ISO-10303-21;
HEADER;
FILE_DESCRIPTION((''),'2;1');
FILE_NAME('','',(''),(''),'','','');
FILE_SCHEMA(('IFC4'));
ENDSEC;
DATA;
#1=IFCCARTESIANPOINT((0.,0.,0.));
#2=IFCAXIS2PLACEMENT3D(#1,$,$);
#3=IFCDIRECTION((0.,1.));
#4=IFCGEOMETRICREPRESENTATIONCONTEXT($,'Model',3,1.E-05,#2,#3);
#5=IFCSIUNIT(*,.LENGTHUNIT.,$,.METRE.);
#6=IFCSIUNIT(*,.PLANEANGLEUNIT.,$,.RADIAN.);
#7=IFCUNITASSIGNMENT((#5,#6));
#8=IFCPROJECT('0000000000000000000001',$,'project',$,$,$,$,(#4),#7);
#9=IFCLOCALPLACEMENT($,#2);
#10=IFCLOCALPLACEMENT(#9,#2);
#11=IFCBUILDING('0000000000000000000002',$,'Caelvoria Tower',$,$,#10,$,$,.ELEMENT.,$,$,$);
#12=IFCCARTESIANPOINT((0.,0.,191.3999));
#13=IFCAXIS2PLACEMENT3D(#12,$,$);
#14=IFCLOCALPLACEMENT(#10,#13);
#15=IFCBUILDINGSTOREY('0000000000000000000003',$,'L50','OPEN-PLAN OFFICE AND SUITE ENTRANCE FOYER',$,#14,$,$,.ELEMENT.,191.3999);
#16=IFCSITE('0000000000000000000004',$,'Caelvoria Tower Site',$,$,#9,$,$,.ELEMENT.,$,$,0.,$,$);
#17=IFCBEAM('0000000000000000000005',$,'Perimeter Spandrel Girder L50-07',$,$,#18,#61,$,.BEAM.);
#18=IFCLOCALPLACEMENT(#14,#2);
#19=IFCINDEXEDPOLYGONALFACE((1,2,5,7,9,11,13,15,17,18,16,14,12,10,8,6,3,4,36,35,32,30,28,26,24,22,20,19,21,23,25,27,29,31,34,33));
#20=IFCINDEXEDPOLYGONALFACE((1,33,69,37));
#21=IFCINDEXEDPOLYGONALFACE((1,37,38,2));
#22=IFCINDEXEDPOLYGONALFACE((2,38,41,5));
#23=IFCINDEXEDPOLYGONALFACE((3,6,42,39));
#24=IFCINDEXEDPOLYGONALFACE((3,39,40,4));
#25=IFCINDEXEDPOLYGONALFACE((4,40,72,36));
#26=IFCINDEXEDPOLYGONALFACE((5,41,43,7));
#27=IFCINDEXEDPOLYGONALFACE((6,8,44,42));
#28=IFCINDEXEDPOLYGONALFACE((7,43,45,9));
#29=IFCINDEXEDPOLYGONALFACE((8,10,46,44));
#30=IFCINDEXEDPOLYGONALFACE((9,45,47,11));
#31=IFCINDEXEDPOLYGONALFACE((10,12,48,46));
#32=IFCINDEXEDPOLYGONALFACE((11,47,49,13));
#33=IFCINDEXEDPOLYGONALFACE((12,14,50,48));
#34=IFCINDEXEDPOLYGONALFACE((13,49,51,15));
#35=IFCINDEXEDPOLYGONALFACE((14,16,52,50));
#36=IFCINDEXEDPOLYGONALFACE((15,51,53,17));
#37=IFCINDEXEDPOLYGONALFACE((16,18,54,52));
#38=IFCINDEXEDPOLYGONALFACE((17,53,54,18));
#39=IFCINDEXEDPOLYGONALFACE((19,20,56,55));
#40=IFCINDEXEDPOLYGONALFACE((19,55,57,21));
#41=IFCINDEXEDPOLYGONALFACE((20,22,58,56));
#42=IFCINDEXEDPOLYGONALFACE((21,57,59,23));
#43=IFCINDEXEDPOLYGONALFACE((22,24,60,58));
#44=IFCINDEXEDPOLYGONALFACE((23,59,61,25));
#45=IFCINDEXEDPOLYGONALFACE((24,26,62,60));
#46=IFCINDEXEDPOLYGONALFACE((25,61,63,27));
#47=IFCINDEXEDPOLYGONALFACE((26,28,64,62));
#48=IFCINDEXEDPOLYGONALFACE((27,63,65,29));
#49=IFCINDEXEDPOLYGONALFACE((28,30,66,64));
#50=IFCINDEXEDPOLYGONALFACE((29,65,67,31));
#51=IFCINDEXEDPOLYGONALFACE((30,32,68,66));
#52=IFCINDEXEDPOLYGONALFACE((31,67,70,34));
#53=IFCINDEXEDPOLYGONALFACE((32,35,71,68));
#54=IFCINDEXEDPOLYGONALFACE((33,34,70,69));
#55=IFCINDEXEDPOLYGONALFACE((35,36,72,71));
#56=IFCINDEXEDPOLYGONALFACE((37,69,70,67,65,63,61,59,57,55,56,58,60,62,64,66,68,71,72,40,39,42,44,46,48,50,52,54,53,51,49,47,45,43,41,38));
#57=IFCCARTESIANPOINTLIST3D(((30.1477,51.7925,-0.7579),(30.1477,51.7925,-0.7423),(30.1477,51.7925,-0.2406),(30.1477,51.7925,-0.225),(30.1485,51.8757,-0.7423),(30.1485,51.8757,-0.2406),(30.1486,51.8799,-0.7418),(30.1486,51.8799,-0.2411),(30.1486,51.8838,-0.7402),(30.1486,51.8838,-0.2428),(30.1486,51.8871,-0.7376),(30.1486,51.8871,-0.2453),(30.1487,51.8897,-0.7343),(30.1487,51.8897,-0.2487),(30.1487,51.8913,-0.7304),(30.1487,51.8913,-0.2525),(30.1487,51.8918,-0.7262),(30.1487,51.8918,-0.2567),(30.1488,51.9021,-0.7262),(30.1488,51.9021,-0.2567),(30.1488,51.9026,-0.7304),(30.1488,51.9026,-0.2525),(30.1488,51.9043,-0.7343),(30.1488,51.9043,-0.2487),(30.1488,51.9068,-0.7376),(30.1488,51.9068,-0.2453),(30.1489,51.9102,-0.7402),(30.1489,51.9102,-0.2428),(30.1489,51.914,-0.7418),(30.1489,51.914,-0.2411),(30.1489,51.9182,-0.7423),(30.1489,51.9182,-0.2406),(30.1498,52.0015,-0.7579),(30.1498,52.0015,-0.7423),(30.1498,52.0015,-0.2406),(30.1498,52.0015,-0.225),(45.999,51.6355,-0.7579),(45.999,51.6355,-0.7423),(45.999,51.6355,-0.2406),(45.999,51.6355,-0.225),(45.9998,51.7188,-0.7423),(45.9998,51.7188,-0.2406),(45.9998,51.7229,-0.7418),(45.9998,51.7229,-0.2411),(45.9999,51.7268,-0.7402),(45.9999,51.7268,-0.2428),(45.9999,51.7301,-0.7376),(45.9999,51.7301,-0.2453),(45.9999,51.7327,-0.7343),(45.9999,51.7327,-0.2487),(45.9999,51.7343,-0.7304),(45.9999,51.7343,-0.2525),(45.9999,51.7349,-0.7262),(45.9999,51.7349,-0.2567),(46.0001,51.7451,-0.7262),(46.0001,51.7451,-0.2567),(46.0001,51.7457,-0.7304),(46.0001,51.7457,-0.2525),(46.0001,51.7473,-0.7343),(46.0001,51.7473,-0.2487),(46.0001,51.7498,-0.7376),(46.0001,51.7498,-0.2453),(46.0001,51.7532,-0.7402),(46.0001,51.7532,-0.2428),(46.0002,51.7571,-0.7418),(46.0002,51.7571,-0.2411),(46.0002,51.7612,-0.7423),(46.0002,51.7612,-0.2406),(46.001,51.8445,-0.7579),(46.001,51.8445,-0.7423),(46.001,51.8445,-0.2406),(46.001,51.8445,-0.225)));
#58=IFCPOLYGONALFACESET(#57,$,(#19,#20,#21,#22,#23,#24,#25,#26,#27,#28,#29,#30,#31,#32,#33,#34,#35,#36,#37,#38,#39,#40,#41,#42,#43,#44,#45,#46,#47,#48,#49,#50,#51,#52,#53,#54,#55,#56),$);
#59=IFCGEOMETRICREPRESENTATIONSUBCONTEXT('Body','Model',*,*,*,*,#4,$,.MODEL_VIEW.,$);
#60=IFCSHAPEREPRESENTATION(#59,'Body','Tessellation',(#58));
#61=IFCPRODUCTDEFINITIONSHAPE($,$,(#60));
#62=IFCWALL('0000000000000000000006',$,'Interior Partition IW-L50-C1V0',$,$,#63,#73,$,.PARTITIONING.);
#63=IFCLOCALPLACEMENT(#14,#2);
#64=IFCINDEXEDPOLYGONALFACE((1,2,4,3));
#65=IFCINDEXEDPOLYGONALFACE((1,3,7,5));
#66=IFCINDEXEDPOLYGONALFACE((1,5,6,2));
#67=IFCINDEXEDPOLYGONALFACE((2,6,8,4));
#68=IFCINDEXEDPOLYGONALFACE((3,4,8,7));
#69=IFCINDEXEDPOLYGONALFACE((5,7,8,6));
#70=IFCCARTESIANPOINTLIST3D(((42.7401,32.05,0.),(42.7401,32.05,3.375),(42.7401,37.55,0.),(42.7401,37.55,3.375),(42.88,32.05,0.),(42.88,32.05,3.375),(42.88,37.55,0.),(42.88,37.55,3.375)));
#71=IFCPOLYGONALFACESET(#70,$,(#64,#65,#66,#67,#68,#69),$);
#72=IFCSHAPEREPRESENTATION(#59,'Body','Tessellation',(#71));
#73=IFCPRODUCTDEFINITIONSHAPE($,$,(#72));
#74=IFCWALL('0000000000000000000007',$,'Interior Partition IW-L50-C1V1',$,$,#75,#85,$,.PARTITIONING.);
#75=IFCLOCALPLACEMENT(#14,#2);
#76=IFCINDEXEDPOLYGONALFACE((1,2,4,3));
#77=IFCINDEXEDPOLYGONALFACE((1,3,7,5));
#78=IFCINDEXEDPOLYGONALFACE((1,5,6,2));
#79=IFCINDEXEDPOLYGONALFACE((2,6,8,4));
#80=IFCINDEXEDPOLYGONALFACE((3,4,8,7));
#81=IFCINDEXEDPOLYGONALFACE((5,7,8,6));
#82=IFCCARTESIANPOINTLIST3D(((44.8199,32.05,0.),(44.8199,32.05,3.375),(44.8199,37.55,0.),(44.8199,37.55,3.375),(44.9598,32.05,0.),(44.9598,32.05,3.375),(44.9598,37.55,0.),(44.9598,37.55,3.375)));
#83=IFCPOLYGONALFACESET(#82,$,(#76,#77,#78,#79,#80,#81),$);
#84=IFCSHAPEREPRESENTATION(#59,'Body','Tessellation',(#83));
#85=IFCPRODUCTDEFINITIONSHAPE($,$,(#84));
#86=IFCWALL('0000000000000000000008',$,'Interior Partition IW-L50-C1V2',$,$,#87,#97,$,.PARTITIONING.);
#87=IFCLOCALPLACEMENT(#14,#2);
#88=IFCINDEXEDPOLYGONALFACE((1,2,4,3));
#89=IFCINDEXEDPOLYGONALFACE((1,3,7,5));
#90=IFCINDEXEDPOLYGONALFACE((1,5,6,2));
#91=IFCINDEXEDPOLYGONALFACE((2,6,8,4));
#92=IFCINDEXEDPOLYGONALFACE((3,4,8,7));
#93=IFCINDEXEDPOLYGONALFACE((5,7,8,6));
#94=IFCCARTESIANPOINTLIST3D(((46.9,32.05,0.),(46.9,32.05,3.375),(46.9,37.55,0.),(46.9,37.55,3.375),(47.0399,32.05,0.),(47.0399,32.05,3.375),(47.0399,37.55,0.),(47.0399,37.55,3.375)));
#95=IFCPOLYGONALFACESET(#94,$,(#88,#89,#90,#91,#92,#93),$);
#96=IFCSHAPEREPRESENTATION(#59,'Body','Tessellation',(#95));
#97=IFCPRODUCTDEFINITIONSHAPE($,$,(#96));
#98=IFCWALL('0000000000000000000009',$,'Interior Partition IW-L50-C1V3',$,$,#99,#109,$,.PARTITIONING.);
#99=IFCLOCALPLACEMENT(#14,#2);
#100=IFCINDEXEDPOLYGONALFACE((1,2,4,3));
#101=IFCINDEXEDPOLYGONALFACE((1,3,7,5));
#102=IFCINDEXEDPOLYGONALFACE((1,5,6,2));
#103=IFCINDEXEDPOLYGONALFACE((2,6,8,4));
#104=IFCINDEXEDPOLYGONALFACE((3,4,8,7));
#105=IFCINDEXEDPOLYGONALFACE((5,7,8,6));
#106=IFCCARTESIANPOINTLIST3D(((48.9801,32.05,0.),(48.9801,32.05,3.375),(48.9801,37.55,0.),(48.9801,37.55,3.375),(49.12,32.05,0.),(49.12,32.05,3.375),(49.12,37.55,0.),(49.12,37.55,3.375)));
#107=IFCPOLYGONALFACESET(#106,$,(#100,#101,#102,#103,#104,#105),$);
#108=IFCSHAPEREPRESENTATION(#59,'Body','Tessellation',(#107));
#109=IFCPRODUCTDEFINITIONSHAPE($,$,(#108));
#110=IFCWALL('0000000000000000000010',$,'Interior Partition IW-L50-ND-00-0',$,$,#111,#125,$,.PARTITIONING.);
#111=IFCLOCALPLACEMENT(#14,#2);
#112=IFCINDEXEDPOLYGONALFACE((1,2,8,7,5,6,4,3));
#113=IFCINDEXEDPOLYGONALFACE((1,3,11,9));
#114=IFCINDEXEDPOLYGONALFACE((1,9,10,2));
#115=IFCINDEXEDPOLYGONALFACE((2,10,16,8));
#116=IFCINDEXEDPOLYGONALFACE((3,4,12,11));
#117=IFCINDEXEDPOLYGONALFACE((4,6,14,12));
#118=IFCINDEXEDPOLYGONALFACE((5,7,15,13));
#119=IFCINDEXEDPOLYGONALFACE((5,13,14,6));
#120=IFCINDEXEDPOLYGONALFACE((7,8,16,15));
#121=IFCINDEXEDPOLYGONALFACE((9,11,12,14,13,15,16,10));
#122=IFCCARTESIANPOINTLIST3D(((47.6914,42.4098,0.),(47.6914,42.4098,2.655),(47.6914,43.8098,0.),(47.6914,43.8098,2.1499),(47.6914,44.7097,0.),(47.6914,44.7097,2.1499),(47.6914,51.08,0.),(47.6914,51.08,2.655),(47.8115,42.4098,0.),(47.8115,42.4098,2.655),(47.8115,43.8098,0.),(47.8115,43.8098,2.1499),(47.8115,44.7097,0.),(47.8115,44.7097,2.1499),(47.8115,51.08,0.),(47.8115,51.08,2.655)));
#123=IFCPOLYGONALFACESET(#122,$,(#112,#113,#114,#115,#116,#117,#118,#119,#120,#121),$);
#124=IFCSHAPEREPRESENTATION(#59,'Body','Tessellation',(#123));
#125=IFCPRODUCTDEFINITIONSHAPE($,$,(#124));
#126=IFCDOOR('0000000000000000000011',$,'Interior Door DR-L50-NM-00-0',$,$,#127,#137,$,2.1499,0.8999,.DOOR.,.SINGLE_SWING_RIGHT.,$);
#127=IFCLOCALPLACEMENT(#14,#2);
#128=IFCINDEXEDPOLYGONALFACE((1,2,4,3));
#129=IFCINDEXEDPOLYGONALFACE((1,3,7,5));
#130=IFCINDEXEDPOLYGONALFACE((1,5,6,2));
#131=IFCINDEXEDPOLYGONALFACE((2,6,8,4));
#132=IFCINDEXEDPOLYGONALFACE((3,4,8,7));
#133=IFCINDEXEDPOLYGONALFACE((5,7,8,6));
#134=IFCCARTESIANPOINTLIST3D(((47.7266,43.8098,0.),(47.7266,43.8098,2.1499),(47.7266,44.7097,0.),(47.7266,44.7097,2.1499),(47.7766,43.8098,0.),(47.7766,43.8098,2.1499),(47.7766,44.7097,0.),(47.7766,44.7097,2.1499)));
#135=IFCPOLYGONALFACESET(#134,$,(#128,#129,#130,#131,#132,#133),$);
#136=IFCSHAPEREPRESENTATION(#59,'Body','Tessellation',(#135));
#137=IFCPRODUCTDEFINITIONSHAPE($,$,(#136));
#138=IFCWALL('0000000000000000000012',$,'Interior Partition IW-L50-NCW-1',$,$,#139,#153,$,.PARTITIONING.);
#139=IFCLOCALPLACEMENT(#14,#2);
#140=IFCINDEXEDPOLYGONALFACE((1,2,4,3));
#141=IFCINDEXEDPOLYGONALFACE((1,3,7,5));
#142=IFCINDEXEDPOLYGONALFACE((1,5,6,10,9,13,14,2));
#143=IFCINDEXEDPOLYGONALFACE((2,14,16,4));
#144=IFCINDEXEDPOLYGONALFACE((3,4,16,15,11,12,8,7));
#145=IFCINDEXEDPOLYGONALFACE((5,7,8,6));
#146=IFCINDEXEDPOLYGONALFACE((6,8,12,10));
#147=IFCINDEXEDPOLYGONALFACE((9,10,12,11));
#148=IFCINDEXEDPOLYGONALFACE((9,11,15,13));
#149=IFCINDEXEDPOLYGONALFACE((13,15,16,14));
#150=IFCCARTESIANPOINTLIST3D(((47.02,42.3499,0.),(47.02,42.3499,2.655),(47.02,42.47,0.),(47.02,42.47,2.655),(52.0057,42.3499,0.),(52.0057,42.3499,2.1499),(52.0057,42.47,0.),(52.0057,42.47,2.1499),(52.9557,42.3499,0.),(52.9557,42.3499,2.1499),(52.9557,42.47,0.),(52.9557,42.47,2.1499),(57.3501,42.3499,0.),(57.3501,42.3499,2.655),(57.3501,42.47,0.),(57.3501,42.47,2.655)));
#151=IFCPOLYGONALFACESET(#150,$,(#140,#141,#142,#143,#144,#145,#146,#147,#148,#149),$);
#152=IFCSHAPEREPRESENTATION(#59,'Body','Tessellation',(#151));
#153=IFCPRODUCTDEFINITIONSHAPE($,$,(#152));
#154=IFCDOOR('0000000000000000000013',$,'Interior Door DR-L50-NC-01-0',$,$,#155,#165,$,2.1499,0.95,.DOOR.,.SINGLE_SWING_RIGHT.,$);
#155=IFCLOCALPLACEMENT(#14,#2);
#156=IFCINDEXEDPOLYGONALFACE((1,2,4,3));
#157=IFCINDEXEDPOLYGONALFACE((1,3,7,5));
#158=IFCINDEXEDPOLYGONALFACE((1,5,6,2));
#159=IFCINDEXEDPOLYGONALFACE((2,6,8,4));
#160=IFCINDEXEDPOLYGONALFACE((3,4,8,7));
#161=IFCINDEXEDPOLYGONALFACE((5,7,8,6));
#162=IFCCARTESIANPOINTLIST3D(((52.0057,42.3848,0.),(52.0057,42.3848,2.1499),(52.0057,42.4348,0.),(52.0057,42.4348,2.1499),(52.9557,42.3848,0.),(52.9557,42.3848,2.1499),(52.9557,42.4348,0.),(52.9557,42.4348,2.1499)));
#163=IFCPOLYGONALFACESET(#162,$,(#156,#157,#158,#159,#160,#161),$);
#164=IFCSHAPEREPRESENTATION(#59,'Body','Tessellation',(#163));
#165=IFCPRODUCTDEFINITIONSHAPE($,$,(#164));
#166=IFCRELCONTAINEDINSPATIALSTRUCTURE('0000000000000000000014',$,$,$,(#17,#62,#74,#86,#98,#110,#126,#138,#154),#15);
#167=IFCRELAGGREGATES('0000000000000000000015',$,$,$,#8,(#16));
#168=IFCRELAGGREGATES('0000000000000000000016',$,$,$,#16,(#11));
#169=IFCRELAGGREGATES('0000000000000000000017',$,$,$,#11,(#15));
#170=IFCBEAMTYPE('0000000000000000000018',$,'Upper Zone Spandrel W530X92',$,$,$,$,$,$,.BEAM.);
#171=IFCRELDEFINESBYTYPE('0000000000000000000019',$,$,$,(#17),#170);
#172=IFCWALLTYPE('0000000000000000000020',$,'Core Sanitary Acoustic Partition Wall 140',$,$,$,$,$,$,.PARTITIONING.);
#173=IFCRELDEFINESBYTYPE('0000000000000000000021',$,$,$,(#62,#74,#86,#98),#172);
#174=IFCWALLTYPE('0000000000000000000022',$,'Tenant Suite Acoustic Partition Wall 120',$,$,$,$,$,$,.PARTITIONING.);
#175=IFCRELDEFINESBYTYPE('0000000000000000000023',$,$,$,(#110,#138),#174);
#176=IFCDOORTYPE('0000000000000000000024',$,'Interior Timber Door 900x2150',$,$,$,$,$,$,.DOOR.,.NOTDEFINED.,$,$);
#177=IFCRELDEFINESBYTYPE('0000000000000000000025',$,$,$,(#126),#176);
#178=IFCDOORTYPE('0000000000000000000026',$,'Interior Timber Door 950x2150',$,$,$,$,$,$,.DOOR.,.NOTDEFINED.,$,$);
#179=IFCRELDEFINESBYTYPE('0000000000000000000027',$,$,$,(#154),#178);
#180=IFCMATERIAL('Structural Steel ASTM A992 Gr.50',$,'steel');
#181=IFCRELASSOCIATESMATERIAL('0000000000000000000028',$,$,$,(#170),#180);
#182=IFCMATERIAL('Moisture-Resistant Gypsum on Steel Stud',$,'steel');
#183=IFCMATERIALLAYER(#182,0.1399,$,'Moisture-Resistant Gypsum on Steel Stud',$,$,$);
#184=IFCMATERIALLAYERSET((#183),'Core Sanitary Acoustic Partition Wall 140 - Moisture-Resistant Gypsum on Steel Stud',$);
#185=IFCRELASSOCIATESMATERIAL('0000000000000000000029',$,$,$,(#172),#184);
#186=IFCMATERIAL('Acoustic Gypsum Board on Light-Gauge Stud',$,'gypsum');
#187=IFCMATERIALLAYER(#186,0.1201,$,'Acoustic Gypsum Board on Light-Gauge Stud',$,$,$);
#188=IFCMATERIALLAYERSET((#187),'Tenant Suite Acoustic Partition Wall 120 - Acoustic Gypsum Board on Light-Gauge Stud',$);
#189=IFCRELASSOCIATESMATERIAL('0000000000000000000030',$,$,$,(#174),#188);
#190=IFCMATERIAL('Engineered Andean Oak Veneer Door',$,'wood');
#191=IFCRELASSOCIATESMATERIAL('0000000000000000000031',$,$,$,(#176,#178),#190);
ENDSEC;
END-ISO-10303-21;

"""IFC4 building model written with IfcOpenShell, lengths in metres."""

from ifc_helpers import new_model, si_unit, direction, frame, frame_2d, origin, origin_2d, place, context, subcontext, project, spatial, rectangle, i_section, extrude, material, layer, layer_set, material_profile, profile_set, type_object, element, fill, save


model = new_model("IFC4")

# Units and contexts
model_context = context("Model", 3, precision=1e-05, world=origin(), true_north=direction((0.0, 1.0)))
body_context = subcontext(model_context, "Body", "Model", "MODEL_VIEW")
ifc_project = project(units=[si_unit("LENGTHUNIT", "METRE"), si_unit("PLANEANGLEUNIT", "RADIAN")], contexts=[model_context])

# Site, building, storey
site_placement = place(None, origin())
site = spatial("IfcSite", under=ifc_project, at=site_placement, Name="Caelvoria Tower Site", CompositionType="ELEMENT", RefElevation=0.0)
building_placement = place(site_placement, origin())
building = spatial("IfcBuilding", under=site, at=building_placement, Name="Caelvoria Tower", CompositionType="ELEMENT")
storey_placement = place(building_placement, frame((0.0, 0.0, 191.3999)))
storey = spatial("IfcBuildingStorey", under=building, at=storey_placement, Name="L50", Description="OPEN-PLAN OFFICE AND SUITE ENTRANCE FOYER", CompositionType="ELEMENT", Elevation=191.3999)

# Shared definitions
ifc_material_1 = material(Name="Structural Steel ASTM A992 Gr.50", Category="steel")

# Beam
ifc_material_profile_1 = material_profile(ifc_material_1, i_section(OverallWidth=0.209, OverallDepth=0.533, WebThickness=0.0103, FlangeThickness=0.0156, FilletRadius=0.0161, at=origin_2d()), Name="Structural Steel ASTM A992 Gr.50")
ifc_profile_set_1 = profile_set([ifc_material_profile_1], Name="W530X92 - Structural Steel ASTM A992 Gr.50")
beam_type_1 = type_object("IfcBeamType", Name="Upper Zone Spandrel W530X92", PredefinedType="BEAM", material=ifc_profile_set_1)
beam_1_placement = place(storey_placement, frame((46.0, 51.74, -0.4915), z_axis=(-0.999951, 0.009903, 0.0), x_axis=(-0.009903, -0.999951, 0.0)))
element("IfcBeam", 1, at=beam_1_placement, inside=storey, type_object=beam_type_1, Name="Perimeter Spandrel Girder L50-07", PredefinedType="BEAM", context=body_context, shape_type="SweptSolid", body=[
    extrude(i_section(OverallWidth=0.209, OverallDepth=0.533, WebThickness=0.0103, FlangeThickness=0.0156, FilletRadius=0.0161, at=origin_2d()), origin(), (0.0, 0.0, 1.0), 15.8521),
])

# Walls
ifc_material_2 = material(Name="Moisture-Resistant Gypsum on Steel Stud", Category="steel")
ifc_layer_1 = layer(ifc_material_2, 0.1399, Name="Moisture-Resistant Gypsum on Steel Stud")
ifc_layer_set_1 = layer_set([ifc_layer_1], Name="Core Sanitary Acoustic Partition Wall 140 - Moisture-Resistant Gypsum on Steel Stud")
wall_type_1 = type_object("IfcWallType", Name="Core Sanitary Acoustic Partition Wall 140", PredefinedType="PARTITIONING", material=ifc_layer_set_1)
for number, where, z_axis, x_axis, name in (
    (2, (42.8101, 32.05, 0.0), (0.0, 0.0, 1.0), (0.0, 1.0, 0.0), "Interior Partition IW-L50-C1V0"),
    (3, (44.8899, 32.05, 0.0), (0.0, 0.0, 1.0), (0.0, 1.0, 0.0), "Interior Partition IW-L50-C1V1"),
    (4, (46.97, 32.05, 0.0), (0.0, 0.0, 1.0), (0.0, 1.0, 0.0), "Interior Partition IW-L50-C1V2"),
    (5, (49.05, 32.05, 0.0), (0.0, 0.0, 1.0), (0.0, 1.0, 0.0), "Interior Partition IW-L50-C1V3"),
):
    element("IfcWall", number, at=place(storey_placement, frame(where, z_axis=z_axis, x_axis=x_axis)), inside=storey, type_object=wall_type_1, Name=name, PredefinedType="PARTITIONING", context=body_context, shape_type="SweptSolid", body=[
        extrude(rectangle(XDim=5.5, YDim=0.1399, at=frame_2d((2.75, 0.0))), origin(), (0.0, 0.0, 1.0), 3.375),
    ])

# Walls, openings, doors
ifc_material_3 = material(Name="Acoustic Gypsum Board on Light-Gauge Stud", Category="gypsum")
ifc_layer_2 = layer(ifc_material_3, 0.1201, Name="Acoustic Gypsum Board on Light-Gauge Stud")
ifc_layer_set_2 = layer_set([ifc_layer_2], Name="Tenant Suite Acoustic Partition Wall 120 - Acoustic Gypsum Board on Light-Gauge Stud")
wall_type_2 = type_object("IfcWallType", Name="Tenant Suite Acoustic Partition Wall 120", PredefinedType="PARTITIONING", material=ifc_layer_set_2)
wall_1_placement = place(storey_placement, frame((47.7515, 42.4099, 0.0), z_axis=(0.0, 0.0, 1.0), x_axis=(0.0, 1.0, 0.0)))
wall_1 = element("IfcWall", 6, at=wall_1_placement, inside=storey, type_object=wall_type_2, Name="Interior Partition IW-L50-ND-00-0", PredefinedType="PARTITIONING", context=body_context, shape_type="SweptSolid", body=[
    extrude(rectangle(XDim=8.6702, YDim=0.1201, at=frame_2d((4.335, 0.0))), origin(), (0.0, 0.0, 1.0), 2.655),
])
opening_1_placement = place(wall_1_placement, frame((1.3999, 0.0, 0.0)))
opening_1 = element("IfcOpeningElement", 7, at=opening_1_placement, cuts=wall_1, PredefinedType="OPENING", context=body_context, shape_type="SweptSolid", body=[
    extrude(rectangle(XDim=0.8999, YDim=2.1499, at=frame_2d((0.45, 1.075))), frame((0.0, 0.0701, 0.0), z_axis=(0.0, -1.0, 0.0), x_axis=(1.0, 0.0, 0.0)), (0.0, 0.0, 1.0), 0.1401),
])
ifc_material_4 = material(Name="Engineered Andean Oak Veneer Door", Category="wood")
door_type_1 = type_object("IfcDoorType", Name="Interior Timber Door 900x2150", OperationType="NOTDEFINED", PredefinedType="DOOR", material=ifc_material_4)
door_1_placement = place(opening_1_placement, origin())
door_1 = element("IfcDoor", 8, at=door_1_placement, inside=storey, type_object=door_type_1, Name="Interior Door DR-L50-NM-00-0", OperationType="SINGLE_SWING_RIGHT", OverallHeight=2.1499, OverallWidth=0.8999, PredefinedType="DOOR", context=body_context, shape_type="SweptSolid", body=[
    extrude(rectangle(XDim=0.8999, YDim=2.1499, at=frame_2d((0.45, 1.075))), frame((0.0, 0.0249, 0.0), z_axis=(0.0, -1.0, 0.0), x_axis=(1.0, 0.0, 0.0)), (0.0, 0.0, 1.0), 0.05),
])
fill(opening_1, door_1)
wall_2_placement = place(storey_placement, frame((47.02, 42.4099, 0.0), z_axis=(0.0, 0.0, 1.0), x_axis=(1.0, 0.0, 0.0)))
wall_2 = element("IfcWall", 9, at=wall_2_placement, inside=storey, type_object=wall_type_2, Name="Interior Partition IW-L50-NCW-1", PredefinedType="PARTITIONING", context=body_context, shape_type="SweptSolid", body=[
    extrude(rectangle(XDim=10.3301, YDim=0.1201, at=frame_2d((5.165, 0.0))), origin(), (0.0, 0.0, 1.0), 2.655),
])
opening_2_placement = place(wall_2_placement, frame((4.9856, 0.0, 0.0)))
opening_2 = element("IfcOpeningElement", 10, at=opening_2_placement, cuts=wall_2, PredefinedType="OPENING", context=body_context, shape_type="SweptSolid", body=[
    extrude(rectangle(XDim=0.95, YDim=2.1499, at=frame_2d((0.4751, 1.075))), frame((0.0, 0.0701, 0.0), z_axis=(0.0, -1.0, 0.0), x_axis=(1.0, 0.0, 0.0)), (0.0, 0.0, 1.0), 0.1401),
])
door_type_2 = type_object("IfcDoorType", Name="Interior Timber Door 950x2150", OperationType="NOTDEFINED", PredefinedType="DOOR", material=ifc_material_4)
door_2_placement = place(opening_2_placement, origin())
door_2 = element("IfcDoor", 11, at=door_2_placement, inside=storey, type_object=door_type_2, Name="Interior Door DR-L50-NC-01-0", OperationType="SINGLE_SWING_RIGHT", OverallHeight=2.1499, OverallWidth=0.95, PredefinedType="DOOR", context=body_context, shape_type="SweptSolid", body=[
    extrude(rectangle(XDim=0.95, YDim=2.1499, at=frame_2d((0.4751, 1.075))), frame((0.0, 0.0249, 0.0), z_axis=(0.0, -1.0, 0.0), x_axis=(1.0, 0.0, 0.0)), (0.0, 0.0, 1.0), 0.05),
])
fill(opening_2, door_2)

save(model, "model.ifc")
